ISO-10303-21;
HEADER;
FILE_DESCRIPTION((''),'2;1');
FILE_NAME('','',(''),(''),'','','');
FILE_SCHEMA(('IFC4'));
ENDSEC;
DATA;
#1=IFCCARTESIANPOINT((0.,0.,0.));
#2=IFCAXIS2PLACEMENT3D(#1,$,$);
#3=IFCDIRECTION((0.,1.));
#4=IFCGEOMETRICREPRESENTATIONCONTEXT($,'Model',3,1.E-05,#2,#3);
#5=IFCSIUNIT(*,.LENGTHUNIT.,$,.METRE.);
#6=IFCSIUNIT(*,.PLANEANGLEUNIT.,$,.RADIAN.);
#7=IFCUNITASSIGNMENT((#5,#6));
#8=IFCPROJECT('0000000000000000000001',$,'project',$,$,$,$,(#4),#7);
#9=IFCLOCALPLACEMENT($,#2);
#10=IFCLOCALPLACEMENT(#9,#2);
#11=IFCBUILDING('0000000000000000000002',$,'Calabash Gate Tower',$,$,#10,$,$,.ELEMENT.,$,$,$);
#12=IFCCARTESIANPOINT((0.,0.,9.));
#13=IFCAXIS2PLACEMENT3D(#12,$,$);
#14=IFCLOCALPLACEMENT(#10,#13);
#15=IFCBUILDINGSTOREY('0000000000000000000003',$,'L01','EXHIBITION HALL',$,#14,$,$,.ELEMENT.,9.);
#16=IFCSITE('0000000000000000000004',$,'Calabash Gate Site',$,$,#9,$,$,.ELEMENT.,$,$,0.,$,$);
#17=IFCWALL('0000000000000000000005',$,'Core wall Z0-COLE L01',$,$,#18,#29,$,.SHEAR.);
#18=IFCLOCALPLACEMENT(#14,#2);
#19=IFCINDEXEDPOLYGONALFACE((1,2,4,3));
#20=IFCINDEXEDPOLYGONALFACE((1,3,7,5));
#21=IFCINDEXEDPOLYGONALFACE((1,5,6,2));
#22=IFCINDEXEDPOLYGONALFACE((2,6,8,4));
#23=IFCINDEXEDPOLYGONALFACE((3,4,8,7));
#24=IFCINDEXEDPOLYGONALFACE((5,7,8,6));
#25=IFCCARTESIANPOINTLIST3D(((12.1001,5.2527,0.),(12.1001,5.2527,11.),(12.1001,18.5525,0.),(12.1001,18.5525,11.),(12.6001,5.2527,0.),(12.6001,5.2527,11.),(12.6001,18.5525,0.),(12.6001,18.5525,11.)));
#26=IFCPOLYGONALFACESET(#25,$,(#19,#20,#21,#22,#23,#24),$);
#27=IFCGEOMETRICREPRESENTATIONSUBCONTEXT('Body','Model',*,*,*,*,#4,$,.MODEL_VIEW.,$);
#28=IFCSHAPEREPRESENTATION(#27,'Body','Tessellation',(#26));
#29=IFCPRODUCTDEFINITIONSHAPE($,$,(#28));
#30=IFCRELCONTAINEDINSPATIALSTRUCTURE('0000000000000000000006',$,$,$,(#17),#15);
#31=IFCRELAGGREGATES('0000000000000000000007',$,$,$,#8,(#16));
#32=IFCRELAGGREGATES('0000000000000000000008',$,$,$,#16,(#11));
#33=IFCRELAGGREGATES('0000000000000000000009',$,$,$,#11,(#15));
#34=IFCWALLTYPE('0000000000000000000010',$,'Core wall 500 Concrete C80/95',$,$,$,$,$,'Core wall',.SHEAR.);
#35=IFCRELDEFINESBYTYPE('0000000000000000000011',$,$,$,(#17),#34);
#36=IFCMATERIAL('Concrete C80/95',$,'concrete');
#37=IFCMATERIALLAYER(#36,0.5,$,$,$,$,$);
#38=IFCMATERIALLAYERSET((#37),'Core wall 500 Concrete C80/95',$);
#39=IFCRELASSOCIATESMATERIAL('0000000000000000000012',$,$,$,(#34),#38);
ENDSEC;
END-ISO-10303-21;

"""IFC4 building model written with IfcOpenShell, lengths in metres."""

from ifc_helpers import new_model, si_unit, direction, frame, frame_2d, origin, place, context, subcontext, project, spatial, rectangle, extrude, material, layer, layer_set, type_object, element, save


model = new_model("IFC4")

# Units and contexts
model_context = context("Model", 3, precision=1e-05, world=origin(), true_north=direction((0.0, 1.0)))
body_context = subcontext(model_context, "Body", "Model", "MODEL_VIEW")
ifc_project = project(units=[si_unit("LENGTHUNIT", "METRE"), si_unit("PLANEANGLEUNIT", "RADIAN")], contexts=[model_context])

# Site, building, storey
site_placement = place(None, origin())
site = spatial("IfcSite", under=ifc_project, at=site_placement, Name="Calabash Gate Site", CompositionType="ELEMENT", RefElevation=0.0)
building_placement = place(site_placement, origin())
building = spatial("IfcBuilding", under=site, at=building_placement, Name="Calabash Gate Tower", CompositionType="ELEMENT")
storey_placement = place(building_placement, frame((0.0, 0.0, 9.0)))
storey = spatial("IfcBuildingStorey", under=building, at=storey_placement, Name="L01", Description="EXHIBITION HALL", CompositionType="ELEMENT", Elevation=9.0)

# Wall
ifc_material_1 = material(Name="Concrete C80/95", Category="concrete")
ifc_layer_1 = layer(ifc_material_1, 0.5)
ifc_layer_set_1 = layer_set([ifc_layer_1], Name="Core wall 500 Concrete C80/95")
wall_type_1 = type_object("IfcWallType", Name="Core wall 500 Concrete C80/95", ElementType="Core wall", PredefinedType="SHEAR", material=ifc_layer_set_1)
wall_1_placement = place(storey_placement, frame((12.3501, 5.2527, 0.0), z_axis=(0.0, 0.0, 1.0), x_axis=(0.0, 1.0, 0.0)))
element("IfcWall", 1, at=wall_1_placement, inside=storey, type_object=wall_type_1, Name="Core wall Z0-COLE L01", PredefinedType="SHEAR", context=body_context, shape_type="SweptSolid", body=[
    extrude(rectangle(XDim=13.2998, YDim=0.5, at=frame_2d((6.6499, 0.0))), origin(), (0.0, 0.0, 1.0), 11.0),
])

save(model, "model.ifc")
